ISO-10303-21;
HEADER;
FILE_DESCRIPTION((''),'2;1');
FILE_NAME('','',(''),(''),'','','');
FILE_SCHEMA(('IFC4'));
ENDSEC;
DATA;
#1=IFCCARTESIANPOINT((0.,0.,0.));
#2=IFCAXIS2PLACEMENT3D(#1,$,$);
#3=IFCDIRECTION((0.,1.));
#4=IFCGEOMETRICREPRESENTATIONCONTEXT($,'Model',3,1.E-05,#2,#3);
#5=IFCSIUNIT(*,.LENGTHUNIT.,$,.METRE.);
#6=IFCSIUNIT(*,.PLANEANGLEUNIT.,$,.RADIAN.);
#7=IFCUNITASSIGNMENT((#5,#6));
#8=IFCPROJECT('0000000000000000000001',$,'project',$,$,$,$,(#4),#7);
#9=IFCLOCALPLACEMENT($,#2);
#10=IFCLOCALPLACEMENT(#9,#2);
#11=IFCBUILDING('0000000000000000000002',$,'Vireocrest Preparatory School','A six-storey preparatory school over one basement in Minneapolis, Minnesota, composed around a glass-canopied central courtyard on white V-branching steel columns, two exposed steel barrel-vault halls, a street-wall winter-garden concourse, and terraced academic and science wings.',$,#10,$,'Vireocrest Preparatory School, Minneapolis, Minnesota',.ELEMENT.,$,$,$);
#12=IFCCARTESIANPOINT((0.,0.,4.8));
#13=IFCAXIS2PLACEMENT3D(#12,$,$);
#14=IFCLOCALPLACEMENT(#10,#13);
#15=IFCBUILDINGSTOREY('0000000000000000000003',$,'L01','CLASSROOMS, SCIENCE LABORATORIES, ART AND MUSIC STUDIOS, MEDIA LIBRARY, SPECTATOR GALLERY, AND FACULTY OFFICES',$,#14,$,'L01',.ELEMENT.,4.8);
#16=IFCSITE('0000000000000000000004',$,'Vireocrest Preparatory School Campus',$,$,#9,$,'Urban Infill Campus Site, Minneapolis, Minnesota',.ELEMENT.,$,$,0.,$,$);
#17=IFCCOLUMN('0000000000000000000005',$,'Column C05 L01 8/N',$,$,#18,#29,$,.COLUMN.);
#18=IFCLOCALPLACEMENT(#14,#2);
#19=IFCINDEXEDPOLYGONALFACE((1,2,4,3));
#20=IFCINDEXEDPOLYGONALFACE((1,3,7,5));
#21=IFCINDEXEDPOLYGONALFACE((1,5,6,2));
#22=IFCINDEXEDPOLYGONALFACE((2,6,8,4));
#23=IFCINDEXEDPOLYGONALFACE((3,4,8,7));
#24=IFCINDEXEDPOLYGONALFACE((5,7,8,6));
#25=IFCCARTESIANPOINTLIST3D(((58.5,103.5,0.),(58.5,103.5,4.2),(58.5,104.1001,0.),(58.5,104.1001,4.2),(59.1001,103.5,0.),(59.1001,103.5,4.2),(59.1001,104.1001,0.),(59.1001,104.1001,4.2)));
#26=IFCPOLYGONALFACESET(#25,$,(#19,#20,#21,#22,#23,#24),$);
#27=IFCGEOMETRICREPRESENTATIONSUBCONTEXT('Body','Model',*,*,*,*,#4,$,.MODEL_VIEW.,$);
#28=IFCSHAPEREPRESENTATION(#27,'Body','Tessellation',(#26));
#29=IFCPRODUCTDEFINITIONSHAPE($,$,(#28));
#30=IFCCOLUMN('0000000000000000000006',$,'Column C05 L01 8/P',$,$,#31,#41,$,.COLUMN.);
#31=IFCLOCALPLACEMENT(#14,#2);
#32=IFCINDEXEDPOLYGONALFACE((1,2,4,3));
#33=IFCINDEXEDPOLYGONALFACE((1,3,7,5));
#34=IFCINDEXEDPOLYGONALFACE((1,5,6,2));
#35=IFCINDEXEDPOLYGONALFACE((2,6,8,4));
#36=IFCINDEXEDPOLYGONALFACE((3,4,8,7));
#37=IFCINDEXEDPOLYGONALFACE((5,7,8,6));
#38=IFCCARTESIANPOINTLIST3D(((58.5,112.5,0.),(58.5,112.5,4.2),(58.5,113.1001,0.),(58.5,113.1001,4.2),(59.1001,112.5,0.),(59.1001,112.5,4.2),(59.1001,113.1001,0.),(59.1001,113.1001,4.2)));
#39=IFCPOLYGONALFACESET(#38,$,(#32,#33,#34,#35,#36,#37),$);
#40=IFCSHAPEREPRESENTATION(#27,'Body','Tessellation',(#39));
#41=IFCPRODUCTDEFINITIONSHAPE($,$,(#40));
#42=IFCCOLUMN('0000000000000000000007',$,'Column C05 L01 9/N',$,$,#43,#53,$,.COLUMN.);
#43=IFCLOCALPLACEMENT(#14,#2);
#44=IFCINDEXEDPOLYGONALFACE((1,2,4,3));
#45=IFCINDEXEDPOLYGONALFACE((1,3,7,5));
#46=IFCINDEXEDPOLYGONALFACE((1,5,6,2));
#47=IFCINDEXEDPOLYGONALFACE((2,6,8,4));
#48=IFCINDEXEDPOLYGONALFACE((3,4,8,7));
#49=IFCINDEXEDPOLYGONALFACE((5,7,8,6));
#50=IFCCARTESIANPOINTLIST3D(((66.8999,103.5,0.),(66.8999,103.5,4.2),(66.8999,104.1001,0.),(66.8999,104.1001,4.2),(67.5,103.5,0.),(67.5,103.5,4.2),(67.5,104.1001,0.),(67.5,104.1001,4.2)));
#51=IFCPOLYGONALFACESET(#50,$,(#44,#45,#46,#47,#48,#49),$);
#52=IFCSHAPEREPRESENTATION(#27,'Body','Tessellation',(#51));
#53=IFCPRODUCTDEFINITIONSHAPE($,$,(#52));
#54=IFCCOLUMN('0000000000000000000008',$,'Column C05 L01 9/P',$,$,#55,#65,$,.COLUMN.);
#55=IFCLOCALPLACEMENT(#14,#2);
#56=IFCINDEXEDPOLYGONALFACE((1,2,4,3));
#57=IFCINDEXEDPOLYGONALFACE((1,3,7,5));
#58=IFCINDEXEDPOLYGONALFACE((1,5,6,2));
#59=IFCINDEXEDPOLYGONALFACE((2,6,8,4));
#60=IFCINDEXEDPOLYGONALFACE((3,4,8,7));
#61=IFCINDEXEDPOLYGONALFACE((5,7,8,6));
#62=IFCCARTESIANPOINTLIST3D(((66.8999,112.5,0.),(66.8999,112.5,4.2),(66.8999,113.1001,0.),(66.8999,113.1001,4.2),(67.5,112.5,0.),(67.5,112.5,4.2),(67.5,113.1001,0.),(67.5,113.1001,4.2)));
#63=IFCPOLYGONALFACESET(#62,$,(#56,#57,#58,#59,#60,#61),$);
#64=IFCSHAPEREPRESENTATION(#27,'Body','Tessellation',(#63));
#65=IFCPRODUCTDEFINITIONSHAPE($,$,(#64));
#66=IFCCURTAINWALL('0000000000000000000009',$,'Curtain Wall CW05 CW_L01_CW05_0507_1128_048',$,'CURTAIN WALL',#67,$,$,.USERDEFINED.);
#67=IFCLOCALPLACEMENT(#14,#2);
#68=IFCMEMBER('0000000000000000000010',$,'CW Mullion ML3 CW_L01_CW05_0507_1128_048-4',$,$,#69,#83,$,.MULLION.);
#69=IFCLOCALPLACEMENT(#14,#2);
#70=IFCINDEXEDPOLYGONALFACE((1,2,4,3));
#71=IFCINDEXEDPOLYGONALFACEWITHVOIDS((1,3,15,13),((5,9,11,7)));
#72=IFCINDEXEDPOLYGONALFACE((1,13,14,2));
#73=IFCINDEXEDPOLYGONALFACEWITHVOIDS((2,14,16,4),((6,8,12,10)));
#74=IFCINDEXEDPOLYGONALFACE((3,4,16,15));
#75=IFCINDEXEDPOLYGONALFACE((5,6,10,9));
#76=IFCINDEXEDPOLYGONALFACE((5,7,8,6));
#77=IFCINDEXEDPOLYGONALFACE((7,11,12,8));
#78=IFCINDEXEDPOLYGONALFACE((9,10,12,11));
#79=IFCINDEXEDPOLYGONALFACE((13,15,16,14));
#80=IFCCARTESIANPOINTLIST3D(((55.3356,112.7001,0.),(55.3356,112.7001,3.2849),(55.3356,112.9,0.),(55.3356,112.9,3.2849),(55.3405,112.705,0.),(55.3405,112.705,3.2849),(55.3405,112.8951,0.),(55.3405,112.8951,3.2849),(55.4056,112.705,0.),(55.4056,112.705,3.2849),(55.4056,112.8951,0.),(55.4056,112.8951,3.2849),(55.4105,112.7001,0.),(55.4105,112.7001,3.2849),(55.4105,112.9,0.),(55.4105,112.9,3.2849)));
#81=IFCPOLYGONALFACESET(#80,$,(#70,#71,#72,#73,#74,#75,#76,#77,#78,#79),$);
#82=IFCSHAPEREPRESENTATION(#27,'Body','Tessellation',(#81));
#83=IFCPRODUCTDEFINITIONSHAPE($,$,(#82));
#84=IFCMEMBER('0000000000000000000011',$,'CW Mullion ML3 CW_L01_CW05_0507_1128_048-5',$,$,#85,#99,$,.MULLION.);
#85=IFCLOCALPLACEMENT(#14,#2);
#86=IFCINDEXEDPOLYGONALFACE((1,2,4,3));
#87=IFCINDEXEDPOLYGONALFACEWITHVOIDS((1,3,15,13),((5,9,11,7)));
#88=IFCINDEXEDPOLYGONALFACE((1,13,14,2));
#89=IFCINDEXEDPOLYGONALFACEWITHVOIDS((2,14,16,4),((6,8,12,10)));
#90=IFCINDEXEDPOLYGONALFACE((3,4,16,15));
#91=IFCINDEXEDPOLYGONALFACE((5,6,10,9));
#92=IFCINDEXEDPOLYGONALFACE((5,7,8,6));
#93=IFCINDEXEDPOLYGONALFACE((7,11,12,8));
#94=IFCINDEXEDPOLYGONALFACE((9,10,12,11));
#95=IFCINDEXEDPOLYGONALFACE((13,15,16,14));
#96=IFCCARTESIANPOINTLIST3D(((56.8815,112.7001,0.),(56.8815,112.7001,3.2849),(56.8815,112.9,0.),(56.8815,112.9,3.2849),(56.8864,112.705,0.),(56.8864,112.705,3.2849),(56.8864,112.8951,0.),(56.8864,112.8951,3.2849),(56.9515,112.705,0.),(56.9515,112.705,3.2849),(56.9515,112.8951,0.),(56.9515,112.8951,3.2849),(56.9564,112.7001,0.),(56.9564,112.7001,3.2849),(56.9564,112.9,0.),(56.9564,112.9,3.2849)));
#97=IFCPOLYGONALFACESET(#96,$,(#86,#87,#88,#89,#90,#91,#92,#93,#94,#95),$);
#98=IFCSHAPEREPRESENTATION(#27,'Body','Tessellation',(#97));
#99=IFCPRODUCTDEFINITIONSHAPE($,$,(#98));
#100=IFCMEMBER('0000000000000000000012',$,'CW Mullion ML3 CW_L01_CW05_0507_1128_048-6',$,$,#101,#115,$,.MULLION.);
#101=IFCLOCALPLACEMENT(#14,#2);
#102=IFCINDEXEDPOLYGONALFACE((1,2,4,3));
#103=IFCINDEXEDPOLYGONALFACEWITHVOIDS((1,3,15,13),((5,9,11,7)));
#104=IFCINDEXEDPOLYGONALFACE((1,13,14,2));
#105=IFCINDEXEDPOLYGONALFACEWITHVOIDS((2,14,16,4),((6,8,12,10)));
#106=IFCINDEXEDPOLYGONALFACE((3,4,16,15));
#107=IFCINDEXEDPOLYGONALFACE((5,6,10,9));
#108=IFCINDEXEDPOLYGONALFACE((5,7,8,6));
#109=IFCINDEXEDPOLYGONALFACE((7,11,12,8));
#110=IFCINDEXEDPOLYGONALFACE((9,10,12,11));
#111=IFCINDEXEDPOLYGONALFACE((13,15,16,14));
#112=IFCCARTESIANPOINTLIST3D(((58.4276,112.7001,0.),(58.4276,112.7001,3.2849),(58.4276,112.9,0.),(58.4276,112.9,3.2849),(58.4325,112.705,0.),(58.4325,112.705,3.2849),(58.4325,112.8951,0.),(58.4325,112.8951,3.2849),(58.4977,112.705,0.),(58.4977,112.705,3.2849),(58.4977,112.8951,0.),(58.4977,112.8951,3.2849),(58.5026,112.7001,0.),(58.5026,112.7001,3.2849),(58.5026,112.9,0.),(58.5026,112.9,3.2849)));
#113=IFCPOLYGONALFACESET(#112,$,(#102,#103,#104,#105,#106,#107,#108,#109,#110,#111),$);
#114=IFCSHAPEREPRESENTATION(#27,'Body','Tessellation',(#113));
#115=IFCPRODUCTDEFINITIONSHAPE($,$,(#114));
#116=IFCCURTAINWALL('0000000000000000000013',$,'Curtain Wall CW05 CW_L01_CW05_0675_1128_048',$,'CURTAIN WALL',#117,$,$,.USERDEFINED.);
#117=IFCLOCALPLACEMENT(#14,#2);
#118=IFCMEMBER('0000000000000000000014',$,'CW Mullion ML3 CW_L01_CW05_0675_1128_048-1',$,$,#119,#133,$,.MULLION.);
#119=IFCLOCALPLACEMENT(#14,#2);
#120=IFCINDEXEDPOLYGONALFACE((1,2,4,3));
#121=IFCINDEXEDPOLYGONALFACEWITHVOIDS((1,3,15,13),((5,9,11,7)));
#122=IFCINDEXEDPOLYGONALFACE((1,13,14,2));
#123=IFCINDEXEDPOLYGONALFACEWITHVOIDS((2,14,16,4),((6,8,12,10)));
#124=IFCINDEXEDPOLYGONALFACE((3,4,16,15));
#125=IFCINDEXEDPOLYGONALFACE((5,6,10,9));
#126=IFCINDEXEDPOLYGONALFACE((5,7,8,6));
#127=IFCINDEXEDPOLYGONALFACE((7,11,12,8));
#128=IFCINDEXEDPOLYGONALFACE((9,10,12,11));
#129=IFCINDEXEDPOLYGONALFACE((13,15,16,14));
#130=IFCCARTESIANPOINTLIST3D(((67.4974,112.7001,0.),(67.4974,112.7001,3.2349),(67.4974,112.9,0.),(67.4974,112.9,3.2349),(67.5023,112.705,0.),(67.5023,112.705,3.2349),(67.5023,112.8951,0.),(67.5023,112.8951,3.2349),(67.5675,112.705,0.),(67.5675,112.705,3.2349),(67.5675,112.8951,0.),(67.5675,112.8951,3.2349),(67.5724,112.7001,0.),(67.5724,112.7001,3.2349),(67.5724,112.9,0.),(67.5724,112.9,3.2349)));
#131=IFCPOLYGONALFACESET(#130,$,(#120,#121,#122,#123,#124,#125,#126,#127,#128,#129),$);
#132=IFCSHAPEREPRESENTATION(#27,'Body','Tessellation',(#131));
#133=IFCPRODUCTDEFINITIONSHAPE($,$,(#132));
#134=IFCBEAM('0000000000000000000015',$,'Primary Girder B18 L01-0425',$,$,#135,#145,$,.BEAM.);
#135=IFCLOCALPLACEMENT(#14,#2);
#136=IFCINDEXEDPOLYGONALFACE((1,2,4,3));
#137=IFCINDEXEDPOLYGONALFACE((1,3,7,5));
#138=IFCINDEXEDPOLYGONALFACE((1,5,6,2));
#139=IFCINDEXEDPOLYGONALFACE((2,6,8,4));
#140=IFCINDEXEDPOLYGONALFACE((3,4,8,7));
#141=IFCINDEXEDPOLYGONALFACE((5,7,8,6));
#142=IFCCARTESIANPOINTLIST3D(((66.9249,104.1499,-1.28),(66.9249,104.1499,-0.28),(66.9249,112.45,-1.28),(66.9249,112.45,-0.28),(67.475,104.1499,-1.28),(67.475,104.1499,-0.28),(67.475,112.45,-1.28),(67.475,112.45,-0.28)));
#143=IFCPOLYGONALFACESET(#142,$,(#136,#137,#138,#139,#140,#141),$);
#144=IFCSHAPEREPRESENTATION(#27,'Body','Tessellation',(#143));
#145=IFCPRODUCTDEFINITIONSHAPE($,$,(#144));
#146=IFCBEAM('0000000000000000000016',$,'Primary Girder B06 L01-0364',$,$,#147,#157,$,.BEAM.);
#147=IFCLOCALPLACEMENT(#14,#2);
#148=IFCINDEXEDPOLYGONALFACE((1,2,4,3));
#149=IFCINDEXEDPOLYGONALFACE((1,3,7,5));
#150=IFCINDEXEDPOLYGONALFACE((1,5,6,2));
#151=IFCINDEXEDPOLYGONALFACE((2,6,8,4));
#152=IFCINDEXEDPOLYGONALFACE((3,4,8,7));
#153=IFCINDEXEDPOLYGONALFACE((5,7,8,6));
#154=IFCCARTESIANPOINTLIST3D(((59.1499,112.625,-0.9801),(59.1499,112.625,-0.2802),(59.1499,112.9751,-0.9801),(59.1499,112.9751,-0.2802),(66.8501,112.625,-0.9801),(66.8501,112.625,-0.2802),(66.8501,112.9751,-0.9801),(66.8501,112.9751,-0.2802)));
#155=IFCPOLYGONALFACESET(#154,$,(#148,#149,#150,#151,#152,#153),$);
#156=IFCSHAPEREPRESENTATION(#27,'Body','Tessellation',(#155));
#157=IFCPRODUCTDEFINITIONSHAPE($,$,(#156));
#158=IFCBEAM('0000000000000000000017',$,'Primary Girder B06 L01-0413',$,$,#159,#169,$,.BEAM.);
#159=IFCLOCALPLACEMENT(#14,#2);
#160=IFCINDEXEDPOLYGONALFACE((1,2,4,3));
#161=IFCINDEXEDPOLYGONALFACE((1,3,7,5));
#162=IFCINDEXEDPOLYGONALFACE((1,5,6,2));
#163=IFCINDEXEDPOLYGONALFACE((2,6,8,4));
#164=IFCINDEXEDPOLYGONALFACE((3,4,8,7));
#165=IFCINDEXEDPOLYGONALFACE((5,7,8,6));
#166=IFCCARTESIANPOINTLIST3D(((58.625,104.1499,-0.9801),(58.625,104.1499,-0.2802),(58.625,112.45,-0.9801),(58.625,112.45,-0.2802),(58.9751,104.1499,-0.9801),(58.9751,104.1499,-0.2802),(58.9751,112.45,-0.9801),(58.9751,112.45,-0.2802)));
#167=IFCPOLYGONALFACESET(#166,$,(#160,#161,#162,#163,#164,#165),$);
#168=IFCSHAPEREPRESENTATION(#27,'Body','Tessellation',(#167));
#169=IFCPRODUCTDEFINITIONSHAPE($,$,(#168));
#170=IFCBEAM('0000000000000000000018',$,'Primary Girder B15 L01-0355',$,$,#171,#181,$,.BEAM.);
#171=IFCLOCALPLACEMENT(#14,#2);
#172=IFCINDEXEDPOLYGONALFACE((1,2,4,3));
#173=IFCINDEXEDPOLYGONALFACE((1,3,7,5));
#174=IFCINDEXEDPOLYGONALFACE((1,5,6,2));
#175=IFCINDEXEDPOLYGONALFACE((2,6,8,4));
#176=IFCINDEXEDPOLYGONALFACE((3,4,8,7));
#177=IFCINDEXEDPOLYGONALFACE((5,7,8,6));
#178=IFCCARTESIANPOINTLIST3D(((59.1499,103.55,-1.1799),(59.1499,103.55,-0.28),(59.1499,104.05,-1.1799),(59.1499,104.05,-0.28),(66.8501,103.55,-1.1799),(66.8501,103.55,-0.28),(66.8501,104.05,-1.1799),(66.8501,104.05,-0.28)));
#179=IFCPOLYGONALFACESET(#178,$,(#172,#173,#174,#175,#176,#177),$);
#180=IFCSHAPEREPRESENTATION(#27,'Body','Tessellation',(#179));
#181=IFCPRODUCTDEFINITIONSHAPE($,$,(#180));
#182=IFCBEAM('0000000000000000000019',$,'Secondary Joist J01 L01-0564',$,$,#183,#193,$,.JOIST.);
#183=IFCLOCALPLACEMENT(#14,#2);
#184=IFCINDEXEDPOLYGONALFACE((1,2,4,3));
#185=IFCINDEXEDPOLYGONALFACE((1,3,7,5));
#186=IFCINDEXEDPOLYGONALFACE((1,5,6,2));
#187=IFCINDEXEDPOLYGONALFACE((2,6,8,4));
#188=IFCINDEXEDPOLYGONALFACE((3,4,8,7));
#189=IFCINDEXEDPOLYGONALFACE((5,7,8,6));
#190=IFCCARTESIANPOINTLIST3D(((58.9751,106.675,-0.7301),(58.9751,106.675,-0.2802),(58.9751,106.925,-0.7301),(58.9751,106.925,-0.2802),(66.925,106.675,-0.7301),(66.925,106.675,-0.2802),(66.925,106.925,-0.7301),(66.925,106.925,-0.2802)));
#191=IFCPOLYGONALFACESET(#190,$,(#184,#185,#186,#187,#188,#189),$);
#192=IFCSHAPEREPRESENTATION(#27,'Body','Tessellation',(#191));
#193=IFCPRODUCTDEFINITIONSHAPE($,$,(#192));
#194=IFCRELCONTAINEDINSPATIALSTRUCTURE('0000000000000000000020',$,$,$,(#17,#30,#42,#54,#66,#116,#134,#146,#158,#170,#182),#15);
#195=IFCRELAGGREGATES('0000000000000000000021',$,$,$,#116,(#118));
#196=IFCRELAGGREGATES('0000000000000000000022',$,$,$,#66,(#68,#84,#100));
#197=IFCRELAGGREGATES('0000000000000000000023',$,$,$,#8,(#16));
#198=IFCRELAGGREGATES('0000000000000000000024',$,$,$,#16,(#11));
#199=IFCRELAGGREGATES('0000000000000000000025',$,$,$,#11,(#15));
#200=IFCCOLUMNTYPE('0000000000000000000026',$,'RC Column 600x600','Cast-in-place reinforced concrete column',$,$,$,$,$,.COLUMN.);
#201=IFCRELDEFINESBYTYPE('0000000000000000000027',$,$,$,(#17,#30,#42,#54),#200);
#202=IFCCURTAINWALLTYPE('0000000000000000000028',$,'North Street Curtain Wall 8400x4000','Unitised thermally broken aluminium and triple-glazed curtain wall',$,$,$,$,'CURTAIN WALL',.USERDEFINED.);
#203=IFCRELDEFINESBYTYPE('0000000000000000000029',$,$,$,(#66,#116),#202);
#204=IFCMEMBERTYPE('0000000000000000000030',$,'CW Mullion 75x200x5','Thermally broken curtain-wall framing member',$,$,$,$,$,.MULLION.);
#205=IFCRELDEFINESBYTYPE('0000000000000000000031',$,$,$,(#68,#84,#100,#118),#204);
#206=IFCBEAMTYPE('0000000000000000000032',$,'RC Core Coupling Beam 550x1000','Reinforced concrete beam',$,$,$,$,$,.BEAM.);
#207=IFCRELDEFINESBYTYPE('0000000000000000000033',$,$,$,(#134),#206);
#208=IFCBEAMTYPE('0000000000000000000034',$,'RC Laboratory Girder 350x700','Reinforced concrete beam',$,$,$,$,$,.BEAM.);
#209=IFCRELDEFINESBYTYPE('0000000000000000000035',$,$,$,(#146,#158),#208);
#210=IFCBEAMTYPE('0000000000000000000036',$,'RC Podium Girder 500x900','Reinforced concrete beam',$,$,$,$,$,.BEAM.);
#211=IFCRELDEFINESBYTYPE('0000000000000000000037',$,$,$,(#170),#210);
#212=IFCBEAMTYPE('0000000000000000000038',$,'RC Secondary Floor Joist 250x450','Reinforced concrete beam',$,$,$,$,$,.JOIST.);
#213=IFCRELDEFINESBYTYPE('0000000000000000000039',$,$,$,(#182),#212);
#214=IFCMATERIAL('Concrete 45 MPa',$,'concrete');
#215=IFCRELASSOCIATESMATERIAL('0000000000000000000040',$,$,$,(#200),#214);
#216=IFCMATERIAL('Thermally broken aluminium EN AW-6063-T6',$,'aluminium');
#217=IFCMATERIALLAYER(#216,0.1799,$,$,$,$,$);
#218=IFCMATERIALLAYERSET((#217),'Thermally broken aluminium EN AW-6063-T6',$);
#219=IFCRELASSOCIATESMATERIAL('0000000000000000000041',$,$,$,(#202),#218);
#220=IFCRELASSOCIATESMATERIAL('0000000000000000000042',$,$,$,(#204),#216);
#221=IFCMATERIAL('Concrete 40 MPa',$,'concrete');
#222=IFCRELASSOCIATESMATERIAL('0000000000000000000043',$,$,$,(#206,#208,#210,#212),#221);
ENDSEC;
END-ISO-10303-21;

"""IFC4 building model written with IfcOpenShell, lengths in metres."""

from ifc_helpers import new_model, si_unit, direction, frame, origin, origin_2d, place, context, subcontext, project, spatial, rectangle, hollow_rectangle, extrude, material, layer, layer_set, material_profile, profile_set, type_object, element, aggregate, save


model = new_model("IFC4")

# Units and contexts
model_context = context("Model", 3, precision=1e-05, world=origin(), true_north=direction((0.0, 1.0)))
body_context = subcontext(model_context, "Body", "Model", "MODEL_VIEW")
ifc_project = project(units=[si_unit("LENGTHUNIT", "METRE"), si_unit("PLANEANGLEUNIT", "RADIAN")], contexts=[model_context])

# Site, building, storey
site_placement = place(None, origin())
site = spatial("IfcSite", under=ifc_project, at=site_placement, Name="Vireocrest Preparatory School Campus", LongName="Urban Infill Campus Site, Minneapolis, Minnesota", CompositionType="ELEMENT", RefElevation=0.0)
building_placement = place(site_placement, origin())
building = spatial("IfcBuilding", under=site, at=building_placement, Name="Vireocrest Preparatory School", Description="A six-storey preparatory school over one basement in Minneapolis, Minnesota, composed around a glass-canopied central courtyard on white V-branching steel columns, two exposed steel barrel-vault halls, a street-wall winter-garden concourse, and terraced academic and science wings.", LongName="Vireocrest Preparatory School, Minneapolis, Minnesota", CompositionType="ELEMENT")
storey_placement = place(building_placement, frame((0.0, 0.0, 4.8)))
storey = spatial("IfcBuildingStorey", under=building, at=storey_placement, Name="L01", Description="CLASSROOMS, SCIENCE LABORATORIES, ART AND MUSIC STUDIOS, MEDIA LIBRARY, SPECTATOR GALLERY, AND FACULTY OFFICES", LongName="L01", CompositionType="ELEMENT", Elevation=4.8)

# Columns
ifc_material_1 = material(Name="Concrete 45 MPa", Category="concrete")
ifc_material_profile_1 = material_profile(ifc_material_1, rectangle(XDim=0.6001, YDim=0.6001, at=origin_2d()), Name="RC 600x600")
ifc_profile_set_1 = profile_set([ifc_material_profile_1], Name="Concrete 45 MPa")
column_type = type_object("IfcColumnType", Name="RC Column 600x600", Description="Cast-in-place reinforced concrete column", PredefinedType="COLUMN", material=ifc_profile_set_1)
for number, where, z_axis, x_axis, name in (
    (1, (58.8, 103.8, 0.0), (0.0, 0.0, 1.0), (1.0, 0.0, 0.0), "Column C05 L01 8/N"),
    (2, (58.8, 112.8, 0.0), (0.0, 0.0, 1.0), (1.0, 0.0, 0.0), "Column C05 L01 8/P"),
    (3, (67.2, 103.8, 0.0), (0.0, 0.0, 1.0), (1.0, 0.0, 0.0), "Column C05 L01 9/N"),
    (4, (67.2, 112.8, 0.0), (0.0, 0.0, 1.0), (1.0, 0.0, 0.0), "Column C05 L01 9/P"),
):
    element("IfcColumn", number, at=place(storey_placement, frame(where, z_axis=z_axis, x_axis=x_axis)), inside=storey, type_object=column_type, Name=name, PredefinedType="COLUMN", context=body_context, shape_type="SweptSolid", body=[
        extrude(rectangle(XDim=0.6001, YDim=0.6001, at=origin_2d()), origin(), (0.0, 0.0, 1.0), 4.2),
    ])

# Curtain wall, members
ifc_material_2 = material(Name="Thermally broken aluminium EN AW-6063-T6", Category="aluminium")
ifc_layer_1 = layer(ifc_material_2, 0.1799)
ifc_layer_set_1 = layer_set([ifc_layer_1], Name="Thermally broken aluminium EN AW-6063-T6")
curtain_wall_type = type_object("IfcCurtainWallType", Name="North Street Curtain Wall 8400x4000", Description="Unitised thermally broken aluminium and triple-glazed curtain wall", ElementType="CURTAIN WALL", PredefinedType="USERDEFINED", material=ifc_layer_set_1)
curtain_wall_1_placement = place(storey_placement, origin())
curtain_wall_1 = element("IfcCurtainWall", 5, at=curtain_wall_1_placement, inside=storey, type_object=curtain_wall_type, Name="Curtain Wall CW05 CW_L01_CW05_0507_1128_048", ObjectType="CURTAIN WALL", PredefinedType="USERDEFINED")
ifc_material_profile_2 = material_profile(ifc_material_2, hollow_rectangle(XDim=0.075, YDim=0.2, WallThickness=0.0049, at=origin_2d()), Name="ALU 75x200x5")
ifc_profile_set_2 = profile_set([ifc_material_profile_2], Name="Thermally broken aluminium EN AW-6063-T6")
member_type = type_object("IfcMemberType", Name="CW Mullion 75x200x5", Description="Thermally broken curtain-wall framing member", PredefinedType="MULLION", material=ifc_profile_set_2)
member_1_placement = place(storey_placement, frame((55.373, 112.8, 0.0), z_axis=(0.0, 0.0, 1.0), x_axis=(1.0, 0.0, 0.0)))
member_1 = element("IfcMember", 6, at=member_1_placement, type_object=member_type, Name="CW Mullion ML3 CW_L01_CW05_0507_1128_048-4", PredefinedType="MULLION", context=body_context, shape_type="SweptSolid", body=[
    extrude(hollow_rectangle(XDim=0.075, YDim=0.2, WallThickness=0.0049, at=origin_2d()), origin(), (0.0, 0.0, 1.0), 3.2849),
])
member_2_placement = place(storey_placement, frame((56.9189, 112.8, 0.0), z_axis=(0.0, 0.0, 1.0), x_axis=(1.0, 0.0, 0.0)))
member_2 = element("IfcMember", 7, at=member_2_placement, type_object=member_type, Name="CW Mullion ML3 CW_L01_CW05_0507_1128_048-5", PredefinedType="MULLION", context=body_context, shape_type="SweptSolid", body=[
    extrude(hollow_rectangle(XDim=0.075, YDim=0.2, WallThickness=0.0049, at=origin_2d()), origin(), (0.0, 0.0, 1.0), 3.2849),
])
member_3_placement = place(storey_placement, frame((58.4651, 112.8, 0.0), z_axis=(0.0, 0.0, 1.0), x_axis=(1.0, 0.0, 0.0)))
member_3 = element("IfcMember", 8, at=member_3_placement, type_object=member_type, Name="CW Mullion ML3 CW_L01_CW05_0507_1128_048-6", PredefinedType="MULLION", context=body_context, shape_type="SweptSolid", body=[
    extrude(hollow_rectangle(XDim=0.075, YDim=0.2, WallThickness=0.0049, at=origin_2d()), origin(), (0.0, 0.0, 1.0), 3.2849),
])

# Curtain wall, member
curtain_wall_2_placement = place(storey_placement, origin())
curtain_wall_2 = element("IfcCurtainWall", 9, at=curtain_wall_2_placement, inside=storey, type_object=curtain_wall_type, Name="Curtain Wall CW05 CW_L01_CW05_0675_1128_048", ObjectType="CURTAIN WALL", PredefinedType="USERDEFINED")
member_4_placement = place(storey_placement, frame((67.5349, 112.8, 0.0), z_axis=(0.0, 0.0, 1.0), x_axis=(1.0, 0.0, 0.0)))
member_4 = element("IfcMember", 10, at=member_4_placement, type_object=member_type, Name="CW Mullion ML3 CW_L01_CW05_0675_1128_048-1", PredefinedType="MULLION", context=body_context, shape_type="SweptSolid", body=[
    extrude(hollow_rectangle(XDim=0.075, YDim=0.2, WallThickness=0.0049, at=origin_2d()), origin(), (0.0, 0.0, 1.0), 3.2349),
])
aggregate(curtain_wall_2, [member_4])

# Beams
ifc_material_3 = material(Name="Concrete 40 MPa", Category="concrete")
ifc_material_profile_3 = material_profile(ifc_material_3, rectangle(XDim=0.55, YDim=1.0, at=origin_2d()), Name="RC 550x1000")
ifc_profile_set_3 = profile_set([ifc_material_profile_3], Name="Concrete 40 MPa")
beam_type_1 = type_object("IfcBeamType", Name="RC Core Coupling Beam 550x1000", Description="Reinforced concrete beam", PredefinedType="BEAM", material=ifc_profile_set_3)
beam_1_placement = place(storey_placement, frame((67.2, 104.1499, -0.78), z_axis=(0.0, 1.0, 0.0), x_axis=(-1.0, 0.0, 0.0)))
element("IfcBeam", 11, at=beam_1_placement, inside=storey, type_object=beam_type_1, Name="Primary Girder B18 L01-0425", PredefinedType="BEAM", context=body_context, shape_type="SweptSolid", body=[
    extrude(rectangle(XDim=0.55, YDim=1.0, at=origin_2d()), origin(), (0.0, 0.0, 1.0), 8.3),
])
ifc_material_profile_4 = material_profile(ifc_material_3, rectangle(XDim=0.3501, YDim=0.7, at=origin_2d()), Name="RC 350x700")
ifc_profile_set_4 = profile_set([ifc_material_profile_4], Name="Concrete 40 MPa")
beam_type_2 = type_object("IfcBeamType", Name="RC Laboratory Girder 350x700", Description="Reinforced concrete beam", PredefinedType="BEAM", material=ifc_profile_set_4)
beam_2_placement = place(storey_placement, frame((59.1499, 112.8, -0.6301), z_axis=(1.0, 0.0, 0.0), x_axis=(0.0, 1.0, 0.0)))
element("IfcBeam", 12, at=beam_2_placement, inside=storey, type_object=beam_type_2, Name="Primary Girder B06 L01-0364", PredefinedType="BEAM", context=body_context, shape_type="SweptSolid", body=[
    extrude(rectangle(XDim=0.3501, YDim=0.7, at=origin_2d()), origin(), (0.0, 0.0, 1.0), 7.7002),
])
beam_3_placement = place(storey_placement, frame((58.8, 104.1499, -0.6301), z_axis=(0.0, 1.0, 0.0), x_axis=(-1.0, 0.0, 0.0)))
element("IfcBeam", 13, at=beam_3_placement, inside=storey, type_object=beam_type_2, Name="Primary Girder B06 L01-0413", PredefinedType="BEAM", context=body_context, shape_type="SweptSolid", body=[
    extrude(rectangle(XDim=0.3501, YDim=0.7, at=origin_2d()), origin(), (0.0, 0.0, 1.0), 8.3),
])
ifc_material_profile_5 = material_profile(ifc_material_3, rectangle(XDim=0.5, YDim=0.8999, at=origin_2d()), Name="RC 500x900")
ifc_profile_set_5 = profile_set([ifc_material_profile_5], Name="Concrete 40 MPa")
beam_type_3 = type_object("IfcBeamType", Name="RC Podium Girder 500x900", Description="Reinforced concrete beam", PredefinedType="BEAM", material=ifc_profile_set_5)
beam_4_placement = place(storey_placement, frame((59.1499, 103.8, -0.73), z_axis=(1.0, 0.0, 0.0), x_axis=(0.0, 1.0, 0.0)))
element("IfcBeam", 14, at=beam_4_placement, inside=storey, type_object=beam_type_3, Name="Primary Girder B15 L01-0355", PredefinedType="BEAM", context=body_context, shape_type="SweptSolid", body=[
    extrude(rectangle(XDim=0.5, YDim=0.8999, at=origin_2d()), origin(), (0.0, 0.0, 1.0), 7.7002),
])
ifc_material_profile_6 = material_profile(ifc_material_3, rectangle(XDim=0.25, YDim=0.45, at=origin_2d()), Name="RC 250x450")
ifc_profile_set_6 = profile_set([ifc_material_profile_6], Name="Concrete 40 MPa")
beam_type_4 = type_object("IfcBeamType", Name="RC Secondary Floor Joist 250x450", Description="Reinforced concrete beam", PredefinedType="JOIST", material=ifc_profile_set_6)
for number, where, z_axis, x_axis, name in (
    (15, (58.9751, 106.8, -0.5051), (1.0, 0.0, 0.0), (0.0, 1.0, 0.0), "Secondary Joist J01 L01-0564"),
):
    element("IfcBeam", number, at=place(storey_placement, frame(where, z_axis=z_axis, x_axis=x_axis)), inside=storey, type_object=beam_type_4, Name=name, PredefinedType="JOIST", context=body_context, shape_type="SweptSolid", body=[
        extrude(rectangle(XDim=0.25, YDim=0.45, at=origin_2d()), origin(), (0.0, 0.0, 1.0), 7.95),
    ])

aggregate(curtain_wall_1, [member_1, member_2, member_3])

save(model, "model.ifc")
